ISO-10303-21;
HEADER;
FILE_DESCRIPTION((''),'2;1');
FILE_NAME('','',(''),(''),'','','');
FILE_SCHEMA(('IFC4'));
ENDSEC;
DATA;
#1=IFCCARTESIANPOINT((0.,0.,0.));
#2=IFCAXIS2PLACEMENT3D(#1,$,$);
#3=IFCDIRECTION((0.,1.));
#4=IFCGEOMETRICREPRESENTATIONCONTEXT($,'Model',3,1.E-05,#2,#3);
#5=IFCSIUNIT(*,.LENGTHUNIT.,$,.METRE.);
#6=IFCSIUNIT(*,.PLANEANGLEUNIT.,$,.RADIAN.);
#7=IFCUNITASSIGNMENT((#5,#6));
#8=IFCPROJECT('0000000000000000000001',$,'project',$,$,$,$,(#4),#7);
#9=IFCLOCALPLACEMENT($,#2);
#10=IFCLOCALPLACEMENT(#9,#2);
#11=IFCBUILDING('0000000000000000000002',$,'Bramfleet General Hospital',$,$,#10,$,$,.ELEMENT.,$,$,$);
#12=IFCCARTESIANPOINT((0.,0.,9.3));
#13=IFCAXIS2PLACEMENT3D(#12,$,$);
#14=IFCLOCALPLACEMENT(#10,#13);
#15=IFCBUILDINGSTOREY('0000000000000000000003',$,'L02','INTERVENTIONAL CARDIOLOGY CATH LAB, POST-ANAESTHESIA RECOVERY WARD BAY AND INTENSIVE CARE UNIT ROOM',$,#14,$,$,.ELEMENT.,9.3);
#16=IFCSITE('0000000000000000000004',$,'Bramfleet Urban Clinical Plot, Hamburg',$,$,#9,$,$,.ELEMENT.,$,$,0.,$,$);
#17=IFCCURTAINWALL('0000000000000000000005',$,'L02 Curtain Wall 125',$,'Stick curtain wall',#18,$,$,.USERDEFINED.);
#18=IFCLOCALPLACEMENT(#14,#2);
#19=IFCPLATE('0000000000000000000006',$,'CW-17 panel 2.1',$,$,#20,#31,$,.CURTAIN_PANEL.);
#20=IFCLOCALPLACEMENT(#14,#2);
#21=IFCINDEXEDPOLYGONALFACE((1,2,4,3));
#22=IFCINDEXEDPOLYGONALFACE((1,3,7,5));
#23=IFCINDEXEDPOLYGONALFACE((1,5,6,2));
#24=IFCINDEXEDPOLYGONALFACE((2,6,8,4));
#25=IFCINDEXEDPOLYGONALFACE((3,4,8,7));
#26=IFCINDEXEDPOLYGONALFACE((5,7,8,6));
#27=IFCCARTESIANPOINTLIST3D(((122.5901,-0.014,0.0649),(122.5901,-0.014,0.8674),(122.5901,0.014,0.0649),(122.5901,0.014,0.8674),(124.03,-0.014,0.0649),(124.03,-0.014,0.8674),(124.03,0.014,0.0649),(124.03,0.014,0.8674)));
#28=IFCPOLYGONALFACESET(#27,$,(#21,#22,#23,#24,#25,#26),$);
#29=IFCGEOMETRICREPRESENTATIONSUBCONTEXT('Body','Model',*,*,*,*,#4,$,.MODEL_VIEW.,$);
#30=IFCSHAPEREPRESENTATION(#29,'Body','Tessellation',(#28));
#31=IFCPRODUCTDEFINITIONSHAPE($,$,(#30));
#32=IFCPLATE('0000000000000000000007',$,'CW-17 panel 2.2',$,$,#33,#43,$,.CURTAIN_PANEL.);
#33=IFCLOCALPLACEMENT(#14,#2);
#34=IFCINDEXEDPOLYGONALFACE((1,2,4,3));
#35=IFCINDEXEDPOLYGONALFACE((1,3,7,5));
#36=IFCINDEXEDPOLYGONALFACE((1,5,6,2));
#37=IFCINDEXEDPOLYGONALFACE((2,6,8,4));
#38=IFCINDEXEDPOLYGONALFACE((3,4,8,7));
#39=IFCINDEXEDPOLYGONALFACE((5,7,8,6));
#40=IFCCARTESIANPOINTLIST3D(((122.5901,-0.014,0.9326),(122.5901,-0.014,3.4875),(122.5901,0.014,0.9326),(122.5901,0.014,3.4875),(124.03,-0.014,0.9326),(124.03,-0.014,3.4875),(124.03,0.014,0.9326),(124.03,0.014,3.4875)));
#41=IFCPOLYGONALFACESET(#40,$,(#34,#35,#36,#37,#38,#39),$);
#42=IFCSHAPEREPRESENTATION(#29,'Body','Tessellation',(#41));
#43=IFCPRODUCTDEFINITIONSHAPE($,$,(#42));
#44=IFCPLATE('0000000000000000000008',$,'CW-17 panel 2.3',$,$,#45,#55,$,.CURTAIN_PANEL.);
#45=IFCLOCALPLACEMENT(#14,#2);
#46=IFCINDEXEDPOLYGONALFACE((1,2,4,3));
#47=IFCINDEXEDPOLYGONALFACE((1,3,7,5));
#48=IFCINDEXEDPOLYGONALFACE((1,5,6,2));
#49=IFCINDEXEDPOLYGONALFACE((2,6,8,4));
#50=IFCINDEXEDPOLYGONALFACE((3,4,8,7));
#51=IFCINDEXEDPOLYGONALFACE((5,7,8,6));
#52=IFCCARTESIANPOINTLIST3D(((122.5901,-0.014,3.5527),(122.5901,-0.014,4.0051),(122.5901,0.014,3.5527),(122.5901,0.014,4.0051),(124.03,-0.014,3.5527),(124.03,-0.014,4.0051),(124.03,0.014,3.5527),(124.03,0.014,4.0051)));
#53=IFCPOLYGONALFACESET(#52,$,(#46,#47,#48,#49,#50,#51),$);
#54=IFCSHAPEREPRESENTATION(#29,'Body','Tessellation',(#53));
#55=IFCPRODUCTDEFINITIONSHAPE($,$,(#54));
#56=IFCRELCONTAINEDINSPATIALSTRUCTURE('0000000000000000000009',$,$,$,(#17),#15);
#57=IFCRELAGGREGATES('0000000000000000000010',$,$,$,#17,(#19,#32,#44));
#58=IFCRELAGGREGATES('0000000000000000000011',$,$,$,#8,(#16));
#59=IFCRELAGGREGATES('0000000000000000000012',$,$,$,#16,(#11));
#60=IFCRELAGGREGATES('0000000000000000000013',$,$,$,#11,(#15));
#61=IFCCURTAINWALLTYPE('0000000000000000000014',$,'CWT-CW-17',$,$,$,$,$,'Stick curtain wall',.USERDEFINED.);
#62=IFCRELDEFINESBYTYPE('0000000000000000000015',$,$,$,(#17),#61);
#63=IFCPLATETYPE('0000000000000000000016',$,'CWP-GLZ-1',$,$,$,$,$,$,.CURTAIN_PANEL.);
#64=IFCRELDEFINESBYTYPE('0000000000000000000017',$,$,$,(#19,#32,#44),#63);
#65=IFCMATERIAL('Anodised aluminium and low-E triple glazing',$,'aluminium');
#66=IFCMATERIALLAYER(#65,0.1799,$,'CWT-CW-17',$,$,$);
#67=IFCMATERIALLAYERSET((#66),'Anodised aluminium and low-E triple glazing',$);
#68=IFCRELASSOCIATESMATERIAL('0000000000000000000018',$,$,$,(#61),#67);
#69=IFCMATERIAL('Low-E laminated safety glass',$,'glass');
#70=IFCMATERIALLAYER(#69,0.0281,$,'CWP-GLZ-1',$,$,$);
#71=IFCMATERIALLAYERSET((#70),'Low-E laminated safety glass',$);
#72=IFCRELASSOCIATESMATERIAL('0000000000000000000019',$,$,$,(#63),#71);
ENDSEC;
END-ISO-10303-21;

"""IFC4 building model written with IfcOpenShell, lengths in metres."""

from ifc_helpers import new_model, si_unit, direction, frame, origin, origin_2d, place, context, subcontext, project, spatial, rectangle, extrude, material, layer, layer_set, type_object, element, aggregate, save


model = new_model("IFC4")

# Units and contexts
model_context = context("Model", 3, precision=1e-05, world=origin(), true_north=direction((0.0, 1.0)))
body_context = subcontext(model_context, "Body", "Model", "MODEL_VIEW")
ifc_project = project(units=[si_unit("LENGTHUNIT", "METRE"), si_unit("PLANEANGLEUNIT", "RADIAN")], contexts=[model_context])

# Site, building, storey
site_placement = place(None, origin())
site = spatial("IfcSite", under=ifc_project, at=site_placement, Name="Bramfleet Urban Clinical Plot, Hamburg", CompositionType="ELEMENT", RefElevation=0.0)
building_placement = place(site_placement, origin())
building = spatial("IfcBuilding", under=site, at=building_placement, Name="Bramfleet General Hospital", CompositionType="ELEMENT")
storey_placement = place(building_placement, frame((0.0, 0.0, 9.3)))
storey = spatial("IfcBuildingStorey", under=building, at=storey_placement, Name="L02", Description="INTERVENTIONAL CARDIOLOGY CATH LAB, POST-ANAESTHESIA RECOVERY WARD BAY AND INTENSIVE CARE UNIT ROOM", CompositionType="ELEMENT", Elevation=9.3)

# Curtain wall, plates
ifc_material_1 = material(Name="Anodised aluminium and low-E triple glazing", Category="aluminium")
ifc_layer_1 = layer(ifc_material_1, 0.1799, Name="CWT-CW-17")
ifc_layer_set_1 = layer_set([ifc_layer_1], Name="Anodised aluminium and low-E triple glazing")
curtain_wall_type = type_object("IfcCurtainWallType", Name="CWT-CW-17", ElementType="Stick curtain wall", PredefinedType="USERDEFINED", material=ifc_layer_set_1)
curtain_wall_placement = place(storey_placement, origin())
curtain_wall = element("IfcCurtainWall", 1, at=curtain_wall_placement, inside=storey, type_object=curtain_wall_type, Name="L02 Curtain Wall 125", ObjectType="Stick curtain wall", PredefinedType="USERDEFINED")
ifc_material_2 = material(Name="Low-E laminated safety glass", Category="glass")
ifc_layer_2 = layer(ifc_material_2, 0.0281, Name="CWP-GLZ-1")
ifc_layer_set_2 = layer_set([ifc_layer_2], Name="Low-E laminated safety glass")
plate_type = type_object("IfcPlateType", Name="CWP-GLZ-1", PredefinedType="CURTAIN_PANEL", material=ifc_layer_set_2)
plate_1_placement = place(storey_placement, frame((123.3101, 0.0, 0.0649), z_axis=(0.0, 0.0, 1.0), x_axis=(-1.0, 0.0, 0.0)))
plate_1 = element("IfcPlate", 2, at=plate_1_placement, type_object=plate_type, Name="CW-17 panel 2.1", PredefinedType="CURTAIN_PANEL", context=body_context, shape_type="SweptSolid", body=[
    extrude(rectangle(XDim=1.4399, YDim=0.0281, at=origin_2d()), origin(), (0.0, 0.0, 1.0), 0.8025),
])
plate_2_placement = place(storey_placement, frame((123.3101, 0.0, 0.9326), z_axis=(0.0, 0.0, 1.0), x_axis=(-1.0, 0.0, 0.0)))
plate_2 = element("IfcPlate", 3, at=plate_2_placement, type_object=plate_type, Name="CW-17 panel 2.2", PredefinedType="CURTAIN_PANEL", context=body_context, shape_type="SweptSolid", body=[
    extrude(rectangle(XDim=1.4399, YDim=0.0281, at=origin_2d()), origin(), (0.0, 0.0, 1.0), 2.5549),
])
plate_3_placement = place(storey_placement, frame((123.3101, 0.0, 3.5527), z_axis=(0.0, 0.0, 1.0), x_axis=(-1.0, 0.0, 0.0)))
plate_3 = element("IfcPlate", 4, at=plate_3_placement, type_object=plate_type, Name="CW-17 panel 2.3", PredefinedType="CURTAIN_PANEL", context=body_context, shape_type="SweptSolid", body=[
    extrude(rectangle(XDim=1.4399, YDim=0.0281, at=origin_2d()), origin(), (0.0, 0.0, 1.0), 0.4524),
])
aggregate(curtain_wall, [plate_1, plate_2, plate_3])

save(model, "model.ifc")
